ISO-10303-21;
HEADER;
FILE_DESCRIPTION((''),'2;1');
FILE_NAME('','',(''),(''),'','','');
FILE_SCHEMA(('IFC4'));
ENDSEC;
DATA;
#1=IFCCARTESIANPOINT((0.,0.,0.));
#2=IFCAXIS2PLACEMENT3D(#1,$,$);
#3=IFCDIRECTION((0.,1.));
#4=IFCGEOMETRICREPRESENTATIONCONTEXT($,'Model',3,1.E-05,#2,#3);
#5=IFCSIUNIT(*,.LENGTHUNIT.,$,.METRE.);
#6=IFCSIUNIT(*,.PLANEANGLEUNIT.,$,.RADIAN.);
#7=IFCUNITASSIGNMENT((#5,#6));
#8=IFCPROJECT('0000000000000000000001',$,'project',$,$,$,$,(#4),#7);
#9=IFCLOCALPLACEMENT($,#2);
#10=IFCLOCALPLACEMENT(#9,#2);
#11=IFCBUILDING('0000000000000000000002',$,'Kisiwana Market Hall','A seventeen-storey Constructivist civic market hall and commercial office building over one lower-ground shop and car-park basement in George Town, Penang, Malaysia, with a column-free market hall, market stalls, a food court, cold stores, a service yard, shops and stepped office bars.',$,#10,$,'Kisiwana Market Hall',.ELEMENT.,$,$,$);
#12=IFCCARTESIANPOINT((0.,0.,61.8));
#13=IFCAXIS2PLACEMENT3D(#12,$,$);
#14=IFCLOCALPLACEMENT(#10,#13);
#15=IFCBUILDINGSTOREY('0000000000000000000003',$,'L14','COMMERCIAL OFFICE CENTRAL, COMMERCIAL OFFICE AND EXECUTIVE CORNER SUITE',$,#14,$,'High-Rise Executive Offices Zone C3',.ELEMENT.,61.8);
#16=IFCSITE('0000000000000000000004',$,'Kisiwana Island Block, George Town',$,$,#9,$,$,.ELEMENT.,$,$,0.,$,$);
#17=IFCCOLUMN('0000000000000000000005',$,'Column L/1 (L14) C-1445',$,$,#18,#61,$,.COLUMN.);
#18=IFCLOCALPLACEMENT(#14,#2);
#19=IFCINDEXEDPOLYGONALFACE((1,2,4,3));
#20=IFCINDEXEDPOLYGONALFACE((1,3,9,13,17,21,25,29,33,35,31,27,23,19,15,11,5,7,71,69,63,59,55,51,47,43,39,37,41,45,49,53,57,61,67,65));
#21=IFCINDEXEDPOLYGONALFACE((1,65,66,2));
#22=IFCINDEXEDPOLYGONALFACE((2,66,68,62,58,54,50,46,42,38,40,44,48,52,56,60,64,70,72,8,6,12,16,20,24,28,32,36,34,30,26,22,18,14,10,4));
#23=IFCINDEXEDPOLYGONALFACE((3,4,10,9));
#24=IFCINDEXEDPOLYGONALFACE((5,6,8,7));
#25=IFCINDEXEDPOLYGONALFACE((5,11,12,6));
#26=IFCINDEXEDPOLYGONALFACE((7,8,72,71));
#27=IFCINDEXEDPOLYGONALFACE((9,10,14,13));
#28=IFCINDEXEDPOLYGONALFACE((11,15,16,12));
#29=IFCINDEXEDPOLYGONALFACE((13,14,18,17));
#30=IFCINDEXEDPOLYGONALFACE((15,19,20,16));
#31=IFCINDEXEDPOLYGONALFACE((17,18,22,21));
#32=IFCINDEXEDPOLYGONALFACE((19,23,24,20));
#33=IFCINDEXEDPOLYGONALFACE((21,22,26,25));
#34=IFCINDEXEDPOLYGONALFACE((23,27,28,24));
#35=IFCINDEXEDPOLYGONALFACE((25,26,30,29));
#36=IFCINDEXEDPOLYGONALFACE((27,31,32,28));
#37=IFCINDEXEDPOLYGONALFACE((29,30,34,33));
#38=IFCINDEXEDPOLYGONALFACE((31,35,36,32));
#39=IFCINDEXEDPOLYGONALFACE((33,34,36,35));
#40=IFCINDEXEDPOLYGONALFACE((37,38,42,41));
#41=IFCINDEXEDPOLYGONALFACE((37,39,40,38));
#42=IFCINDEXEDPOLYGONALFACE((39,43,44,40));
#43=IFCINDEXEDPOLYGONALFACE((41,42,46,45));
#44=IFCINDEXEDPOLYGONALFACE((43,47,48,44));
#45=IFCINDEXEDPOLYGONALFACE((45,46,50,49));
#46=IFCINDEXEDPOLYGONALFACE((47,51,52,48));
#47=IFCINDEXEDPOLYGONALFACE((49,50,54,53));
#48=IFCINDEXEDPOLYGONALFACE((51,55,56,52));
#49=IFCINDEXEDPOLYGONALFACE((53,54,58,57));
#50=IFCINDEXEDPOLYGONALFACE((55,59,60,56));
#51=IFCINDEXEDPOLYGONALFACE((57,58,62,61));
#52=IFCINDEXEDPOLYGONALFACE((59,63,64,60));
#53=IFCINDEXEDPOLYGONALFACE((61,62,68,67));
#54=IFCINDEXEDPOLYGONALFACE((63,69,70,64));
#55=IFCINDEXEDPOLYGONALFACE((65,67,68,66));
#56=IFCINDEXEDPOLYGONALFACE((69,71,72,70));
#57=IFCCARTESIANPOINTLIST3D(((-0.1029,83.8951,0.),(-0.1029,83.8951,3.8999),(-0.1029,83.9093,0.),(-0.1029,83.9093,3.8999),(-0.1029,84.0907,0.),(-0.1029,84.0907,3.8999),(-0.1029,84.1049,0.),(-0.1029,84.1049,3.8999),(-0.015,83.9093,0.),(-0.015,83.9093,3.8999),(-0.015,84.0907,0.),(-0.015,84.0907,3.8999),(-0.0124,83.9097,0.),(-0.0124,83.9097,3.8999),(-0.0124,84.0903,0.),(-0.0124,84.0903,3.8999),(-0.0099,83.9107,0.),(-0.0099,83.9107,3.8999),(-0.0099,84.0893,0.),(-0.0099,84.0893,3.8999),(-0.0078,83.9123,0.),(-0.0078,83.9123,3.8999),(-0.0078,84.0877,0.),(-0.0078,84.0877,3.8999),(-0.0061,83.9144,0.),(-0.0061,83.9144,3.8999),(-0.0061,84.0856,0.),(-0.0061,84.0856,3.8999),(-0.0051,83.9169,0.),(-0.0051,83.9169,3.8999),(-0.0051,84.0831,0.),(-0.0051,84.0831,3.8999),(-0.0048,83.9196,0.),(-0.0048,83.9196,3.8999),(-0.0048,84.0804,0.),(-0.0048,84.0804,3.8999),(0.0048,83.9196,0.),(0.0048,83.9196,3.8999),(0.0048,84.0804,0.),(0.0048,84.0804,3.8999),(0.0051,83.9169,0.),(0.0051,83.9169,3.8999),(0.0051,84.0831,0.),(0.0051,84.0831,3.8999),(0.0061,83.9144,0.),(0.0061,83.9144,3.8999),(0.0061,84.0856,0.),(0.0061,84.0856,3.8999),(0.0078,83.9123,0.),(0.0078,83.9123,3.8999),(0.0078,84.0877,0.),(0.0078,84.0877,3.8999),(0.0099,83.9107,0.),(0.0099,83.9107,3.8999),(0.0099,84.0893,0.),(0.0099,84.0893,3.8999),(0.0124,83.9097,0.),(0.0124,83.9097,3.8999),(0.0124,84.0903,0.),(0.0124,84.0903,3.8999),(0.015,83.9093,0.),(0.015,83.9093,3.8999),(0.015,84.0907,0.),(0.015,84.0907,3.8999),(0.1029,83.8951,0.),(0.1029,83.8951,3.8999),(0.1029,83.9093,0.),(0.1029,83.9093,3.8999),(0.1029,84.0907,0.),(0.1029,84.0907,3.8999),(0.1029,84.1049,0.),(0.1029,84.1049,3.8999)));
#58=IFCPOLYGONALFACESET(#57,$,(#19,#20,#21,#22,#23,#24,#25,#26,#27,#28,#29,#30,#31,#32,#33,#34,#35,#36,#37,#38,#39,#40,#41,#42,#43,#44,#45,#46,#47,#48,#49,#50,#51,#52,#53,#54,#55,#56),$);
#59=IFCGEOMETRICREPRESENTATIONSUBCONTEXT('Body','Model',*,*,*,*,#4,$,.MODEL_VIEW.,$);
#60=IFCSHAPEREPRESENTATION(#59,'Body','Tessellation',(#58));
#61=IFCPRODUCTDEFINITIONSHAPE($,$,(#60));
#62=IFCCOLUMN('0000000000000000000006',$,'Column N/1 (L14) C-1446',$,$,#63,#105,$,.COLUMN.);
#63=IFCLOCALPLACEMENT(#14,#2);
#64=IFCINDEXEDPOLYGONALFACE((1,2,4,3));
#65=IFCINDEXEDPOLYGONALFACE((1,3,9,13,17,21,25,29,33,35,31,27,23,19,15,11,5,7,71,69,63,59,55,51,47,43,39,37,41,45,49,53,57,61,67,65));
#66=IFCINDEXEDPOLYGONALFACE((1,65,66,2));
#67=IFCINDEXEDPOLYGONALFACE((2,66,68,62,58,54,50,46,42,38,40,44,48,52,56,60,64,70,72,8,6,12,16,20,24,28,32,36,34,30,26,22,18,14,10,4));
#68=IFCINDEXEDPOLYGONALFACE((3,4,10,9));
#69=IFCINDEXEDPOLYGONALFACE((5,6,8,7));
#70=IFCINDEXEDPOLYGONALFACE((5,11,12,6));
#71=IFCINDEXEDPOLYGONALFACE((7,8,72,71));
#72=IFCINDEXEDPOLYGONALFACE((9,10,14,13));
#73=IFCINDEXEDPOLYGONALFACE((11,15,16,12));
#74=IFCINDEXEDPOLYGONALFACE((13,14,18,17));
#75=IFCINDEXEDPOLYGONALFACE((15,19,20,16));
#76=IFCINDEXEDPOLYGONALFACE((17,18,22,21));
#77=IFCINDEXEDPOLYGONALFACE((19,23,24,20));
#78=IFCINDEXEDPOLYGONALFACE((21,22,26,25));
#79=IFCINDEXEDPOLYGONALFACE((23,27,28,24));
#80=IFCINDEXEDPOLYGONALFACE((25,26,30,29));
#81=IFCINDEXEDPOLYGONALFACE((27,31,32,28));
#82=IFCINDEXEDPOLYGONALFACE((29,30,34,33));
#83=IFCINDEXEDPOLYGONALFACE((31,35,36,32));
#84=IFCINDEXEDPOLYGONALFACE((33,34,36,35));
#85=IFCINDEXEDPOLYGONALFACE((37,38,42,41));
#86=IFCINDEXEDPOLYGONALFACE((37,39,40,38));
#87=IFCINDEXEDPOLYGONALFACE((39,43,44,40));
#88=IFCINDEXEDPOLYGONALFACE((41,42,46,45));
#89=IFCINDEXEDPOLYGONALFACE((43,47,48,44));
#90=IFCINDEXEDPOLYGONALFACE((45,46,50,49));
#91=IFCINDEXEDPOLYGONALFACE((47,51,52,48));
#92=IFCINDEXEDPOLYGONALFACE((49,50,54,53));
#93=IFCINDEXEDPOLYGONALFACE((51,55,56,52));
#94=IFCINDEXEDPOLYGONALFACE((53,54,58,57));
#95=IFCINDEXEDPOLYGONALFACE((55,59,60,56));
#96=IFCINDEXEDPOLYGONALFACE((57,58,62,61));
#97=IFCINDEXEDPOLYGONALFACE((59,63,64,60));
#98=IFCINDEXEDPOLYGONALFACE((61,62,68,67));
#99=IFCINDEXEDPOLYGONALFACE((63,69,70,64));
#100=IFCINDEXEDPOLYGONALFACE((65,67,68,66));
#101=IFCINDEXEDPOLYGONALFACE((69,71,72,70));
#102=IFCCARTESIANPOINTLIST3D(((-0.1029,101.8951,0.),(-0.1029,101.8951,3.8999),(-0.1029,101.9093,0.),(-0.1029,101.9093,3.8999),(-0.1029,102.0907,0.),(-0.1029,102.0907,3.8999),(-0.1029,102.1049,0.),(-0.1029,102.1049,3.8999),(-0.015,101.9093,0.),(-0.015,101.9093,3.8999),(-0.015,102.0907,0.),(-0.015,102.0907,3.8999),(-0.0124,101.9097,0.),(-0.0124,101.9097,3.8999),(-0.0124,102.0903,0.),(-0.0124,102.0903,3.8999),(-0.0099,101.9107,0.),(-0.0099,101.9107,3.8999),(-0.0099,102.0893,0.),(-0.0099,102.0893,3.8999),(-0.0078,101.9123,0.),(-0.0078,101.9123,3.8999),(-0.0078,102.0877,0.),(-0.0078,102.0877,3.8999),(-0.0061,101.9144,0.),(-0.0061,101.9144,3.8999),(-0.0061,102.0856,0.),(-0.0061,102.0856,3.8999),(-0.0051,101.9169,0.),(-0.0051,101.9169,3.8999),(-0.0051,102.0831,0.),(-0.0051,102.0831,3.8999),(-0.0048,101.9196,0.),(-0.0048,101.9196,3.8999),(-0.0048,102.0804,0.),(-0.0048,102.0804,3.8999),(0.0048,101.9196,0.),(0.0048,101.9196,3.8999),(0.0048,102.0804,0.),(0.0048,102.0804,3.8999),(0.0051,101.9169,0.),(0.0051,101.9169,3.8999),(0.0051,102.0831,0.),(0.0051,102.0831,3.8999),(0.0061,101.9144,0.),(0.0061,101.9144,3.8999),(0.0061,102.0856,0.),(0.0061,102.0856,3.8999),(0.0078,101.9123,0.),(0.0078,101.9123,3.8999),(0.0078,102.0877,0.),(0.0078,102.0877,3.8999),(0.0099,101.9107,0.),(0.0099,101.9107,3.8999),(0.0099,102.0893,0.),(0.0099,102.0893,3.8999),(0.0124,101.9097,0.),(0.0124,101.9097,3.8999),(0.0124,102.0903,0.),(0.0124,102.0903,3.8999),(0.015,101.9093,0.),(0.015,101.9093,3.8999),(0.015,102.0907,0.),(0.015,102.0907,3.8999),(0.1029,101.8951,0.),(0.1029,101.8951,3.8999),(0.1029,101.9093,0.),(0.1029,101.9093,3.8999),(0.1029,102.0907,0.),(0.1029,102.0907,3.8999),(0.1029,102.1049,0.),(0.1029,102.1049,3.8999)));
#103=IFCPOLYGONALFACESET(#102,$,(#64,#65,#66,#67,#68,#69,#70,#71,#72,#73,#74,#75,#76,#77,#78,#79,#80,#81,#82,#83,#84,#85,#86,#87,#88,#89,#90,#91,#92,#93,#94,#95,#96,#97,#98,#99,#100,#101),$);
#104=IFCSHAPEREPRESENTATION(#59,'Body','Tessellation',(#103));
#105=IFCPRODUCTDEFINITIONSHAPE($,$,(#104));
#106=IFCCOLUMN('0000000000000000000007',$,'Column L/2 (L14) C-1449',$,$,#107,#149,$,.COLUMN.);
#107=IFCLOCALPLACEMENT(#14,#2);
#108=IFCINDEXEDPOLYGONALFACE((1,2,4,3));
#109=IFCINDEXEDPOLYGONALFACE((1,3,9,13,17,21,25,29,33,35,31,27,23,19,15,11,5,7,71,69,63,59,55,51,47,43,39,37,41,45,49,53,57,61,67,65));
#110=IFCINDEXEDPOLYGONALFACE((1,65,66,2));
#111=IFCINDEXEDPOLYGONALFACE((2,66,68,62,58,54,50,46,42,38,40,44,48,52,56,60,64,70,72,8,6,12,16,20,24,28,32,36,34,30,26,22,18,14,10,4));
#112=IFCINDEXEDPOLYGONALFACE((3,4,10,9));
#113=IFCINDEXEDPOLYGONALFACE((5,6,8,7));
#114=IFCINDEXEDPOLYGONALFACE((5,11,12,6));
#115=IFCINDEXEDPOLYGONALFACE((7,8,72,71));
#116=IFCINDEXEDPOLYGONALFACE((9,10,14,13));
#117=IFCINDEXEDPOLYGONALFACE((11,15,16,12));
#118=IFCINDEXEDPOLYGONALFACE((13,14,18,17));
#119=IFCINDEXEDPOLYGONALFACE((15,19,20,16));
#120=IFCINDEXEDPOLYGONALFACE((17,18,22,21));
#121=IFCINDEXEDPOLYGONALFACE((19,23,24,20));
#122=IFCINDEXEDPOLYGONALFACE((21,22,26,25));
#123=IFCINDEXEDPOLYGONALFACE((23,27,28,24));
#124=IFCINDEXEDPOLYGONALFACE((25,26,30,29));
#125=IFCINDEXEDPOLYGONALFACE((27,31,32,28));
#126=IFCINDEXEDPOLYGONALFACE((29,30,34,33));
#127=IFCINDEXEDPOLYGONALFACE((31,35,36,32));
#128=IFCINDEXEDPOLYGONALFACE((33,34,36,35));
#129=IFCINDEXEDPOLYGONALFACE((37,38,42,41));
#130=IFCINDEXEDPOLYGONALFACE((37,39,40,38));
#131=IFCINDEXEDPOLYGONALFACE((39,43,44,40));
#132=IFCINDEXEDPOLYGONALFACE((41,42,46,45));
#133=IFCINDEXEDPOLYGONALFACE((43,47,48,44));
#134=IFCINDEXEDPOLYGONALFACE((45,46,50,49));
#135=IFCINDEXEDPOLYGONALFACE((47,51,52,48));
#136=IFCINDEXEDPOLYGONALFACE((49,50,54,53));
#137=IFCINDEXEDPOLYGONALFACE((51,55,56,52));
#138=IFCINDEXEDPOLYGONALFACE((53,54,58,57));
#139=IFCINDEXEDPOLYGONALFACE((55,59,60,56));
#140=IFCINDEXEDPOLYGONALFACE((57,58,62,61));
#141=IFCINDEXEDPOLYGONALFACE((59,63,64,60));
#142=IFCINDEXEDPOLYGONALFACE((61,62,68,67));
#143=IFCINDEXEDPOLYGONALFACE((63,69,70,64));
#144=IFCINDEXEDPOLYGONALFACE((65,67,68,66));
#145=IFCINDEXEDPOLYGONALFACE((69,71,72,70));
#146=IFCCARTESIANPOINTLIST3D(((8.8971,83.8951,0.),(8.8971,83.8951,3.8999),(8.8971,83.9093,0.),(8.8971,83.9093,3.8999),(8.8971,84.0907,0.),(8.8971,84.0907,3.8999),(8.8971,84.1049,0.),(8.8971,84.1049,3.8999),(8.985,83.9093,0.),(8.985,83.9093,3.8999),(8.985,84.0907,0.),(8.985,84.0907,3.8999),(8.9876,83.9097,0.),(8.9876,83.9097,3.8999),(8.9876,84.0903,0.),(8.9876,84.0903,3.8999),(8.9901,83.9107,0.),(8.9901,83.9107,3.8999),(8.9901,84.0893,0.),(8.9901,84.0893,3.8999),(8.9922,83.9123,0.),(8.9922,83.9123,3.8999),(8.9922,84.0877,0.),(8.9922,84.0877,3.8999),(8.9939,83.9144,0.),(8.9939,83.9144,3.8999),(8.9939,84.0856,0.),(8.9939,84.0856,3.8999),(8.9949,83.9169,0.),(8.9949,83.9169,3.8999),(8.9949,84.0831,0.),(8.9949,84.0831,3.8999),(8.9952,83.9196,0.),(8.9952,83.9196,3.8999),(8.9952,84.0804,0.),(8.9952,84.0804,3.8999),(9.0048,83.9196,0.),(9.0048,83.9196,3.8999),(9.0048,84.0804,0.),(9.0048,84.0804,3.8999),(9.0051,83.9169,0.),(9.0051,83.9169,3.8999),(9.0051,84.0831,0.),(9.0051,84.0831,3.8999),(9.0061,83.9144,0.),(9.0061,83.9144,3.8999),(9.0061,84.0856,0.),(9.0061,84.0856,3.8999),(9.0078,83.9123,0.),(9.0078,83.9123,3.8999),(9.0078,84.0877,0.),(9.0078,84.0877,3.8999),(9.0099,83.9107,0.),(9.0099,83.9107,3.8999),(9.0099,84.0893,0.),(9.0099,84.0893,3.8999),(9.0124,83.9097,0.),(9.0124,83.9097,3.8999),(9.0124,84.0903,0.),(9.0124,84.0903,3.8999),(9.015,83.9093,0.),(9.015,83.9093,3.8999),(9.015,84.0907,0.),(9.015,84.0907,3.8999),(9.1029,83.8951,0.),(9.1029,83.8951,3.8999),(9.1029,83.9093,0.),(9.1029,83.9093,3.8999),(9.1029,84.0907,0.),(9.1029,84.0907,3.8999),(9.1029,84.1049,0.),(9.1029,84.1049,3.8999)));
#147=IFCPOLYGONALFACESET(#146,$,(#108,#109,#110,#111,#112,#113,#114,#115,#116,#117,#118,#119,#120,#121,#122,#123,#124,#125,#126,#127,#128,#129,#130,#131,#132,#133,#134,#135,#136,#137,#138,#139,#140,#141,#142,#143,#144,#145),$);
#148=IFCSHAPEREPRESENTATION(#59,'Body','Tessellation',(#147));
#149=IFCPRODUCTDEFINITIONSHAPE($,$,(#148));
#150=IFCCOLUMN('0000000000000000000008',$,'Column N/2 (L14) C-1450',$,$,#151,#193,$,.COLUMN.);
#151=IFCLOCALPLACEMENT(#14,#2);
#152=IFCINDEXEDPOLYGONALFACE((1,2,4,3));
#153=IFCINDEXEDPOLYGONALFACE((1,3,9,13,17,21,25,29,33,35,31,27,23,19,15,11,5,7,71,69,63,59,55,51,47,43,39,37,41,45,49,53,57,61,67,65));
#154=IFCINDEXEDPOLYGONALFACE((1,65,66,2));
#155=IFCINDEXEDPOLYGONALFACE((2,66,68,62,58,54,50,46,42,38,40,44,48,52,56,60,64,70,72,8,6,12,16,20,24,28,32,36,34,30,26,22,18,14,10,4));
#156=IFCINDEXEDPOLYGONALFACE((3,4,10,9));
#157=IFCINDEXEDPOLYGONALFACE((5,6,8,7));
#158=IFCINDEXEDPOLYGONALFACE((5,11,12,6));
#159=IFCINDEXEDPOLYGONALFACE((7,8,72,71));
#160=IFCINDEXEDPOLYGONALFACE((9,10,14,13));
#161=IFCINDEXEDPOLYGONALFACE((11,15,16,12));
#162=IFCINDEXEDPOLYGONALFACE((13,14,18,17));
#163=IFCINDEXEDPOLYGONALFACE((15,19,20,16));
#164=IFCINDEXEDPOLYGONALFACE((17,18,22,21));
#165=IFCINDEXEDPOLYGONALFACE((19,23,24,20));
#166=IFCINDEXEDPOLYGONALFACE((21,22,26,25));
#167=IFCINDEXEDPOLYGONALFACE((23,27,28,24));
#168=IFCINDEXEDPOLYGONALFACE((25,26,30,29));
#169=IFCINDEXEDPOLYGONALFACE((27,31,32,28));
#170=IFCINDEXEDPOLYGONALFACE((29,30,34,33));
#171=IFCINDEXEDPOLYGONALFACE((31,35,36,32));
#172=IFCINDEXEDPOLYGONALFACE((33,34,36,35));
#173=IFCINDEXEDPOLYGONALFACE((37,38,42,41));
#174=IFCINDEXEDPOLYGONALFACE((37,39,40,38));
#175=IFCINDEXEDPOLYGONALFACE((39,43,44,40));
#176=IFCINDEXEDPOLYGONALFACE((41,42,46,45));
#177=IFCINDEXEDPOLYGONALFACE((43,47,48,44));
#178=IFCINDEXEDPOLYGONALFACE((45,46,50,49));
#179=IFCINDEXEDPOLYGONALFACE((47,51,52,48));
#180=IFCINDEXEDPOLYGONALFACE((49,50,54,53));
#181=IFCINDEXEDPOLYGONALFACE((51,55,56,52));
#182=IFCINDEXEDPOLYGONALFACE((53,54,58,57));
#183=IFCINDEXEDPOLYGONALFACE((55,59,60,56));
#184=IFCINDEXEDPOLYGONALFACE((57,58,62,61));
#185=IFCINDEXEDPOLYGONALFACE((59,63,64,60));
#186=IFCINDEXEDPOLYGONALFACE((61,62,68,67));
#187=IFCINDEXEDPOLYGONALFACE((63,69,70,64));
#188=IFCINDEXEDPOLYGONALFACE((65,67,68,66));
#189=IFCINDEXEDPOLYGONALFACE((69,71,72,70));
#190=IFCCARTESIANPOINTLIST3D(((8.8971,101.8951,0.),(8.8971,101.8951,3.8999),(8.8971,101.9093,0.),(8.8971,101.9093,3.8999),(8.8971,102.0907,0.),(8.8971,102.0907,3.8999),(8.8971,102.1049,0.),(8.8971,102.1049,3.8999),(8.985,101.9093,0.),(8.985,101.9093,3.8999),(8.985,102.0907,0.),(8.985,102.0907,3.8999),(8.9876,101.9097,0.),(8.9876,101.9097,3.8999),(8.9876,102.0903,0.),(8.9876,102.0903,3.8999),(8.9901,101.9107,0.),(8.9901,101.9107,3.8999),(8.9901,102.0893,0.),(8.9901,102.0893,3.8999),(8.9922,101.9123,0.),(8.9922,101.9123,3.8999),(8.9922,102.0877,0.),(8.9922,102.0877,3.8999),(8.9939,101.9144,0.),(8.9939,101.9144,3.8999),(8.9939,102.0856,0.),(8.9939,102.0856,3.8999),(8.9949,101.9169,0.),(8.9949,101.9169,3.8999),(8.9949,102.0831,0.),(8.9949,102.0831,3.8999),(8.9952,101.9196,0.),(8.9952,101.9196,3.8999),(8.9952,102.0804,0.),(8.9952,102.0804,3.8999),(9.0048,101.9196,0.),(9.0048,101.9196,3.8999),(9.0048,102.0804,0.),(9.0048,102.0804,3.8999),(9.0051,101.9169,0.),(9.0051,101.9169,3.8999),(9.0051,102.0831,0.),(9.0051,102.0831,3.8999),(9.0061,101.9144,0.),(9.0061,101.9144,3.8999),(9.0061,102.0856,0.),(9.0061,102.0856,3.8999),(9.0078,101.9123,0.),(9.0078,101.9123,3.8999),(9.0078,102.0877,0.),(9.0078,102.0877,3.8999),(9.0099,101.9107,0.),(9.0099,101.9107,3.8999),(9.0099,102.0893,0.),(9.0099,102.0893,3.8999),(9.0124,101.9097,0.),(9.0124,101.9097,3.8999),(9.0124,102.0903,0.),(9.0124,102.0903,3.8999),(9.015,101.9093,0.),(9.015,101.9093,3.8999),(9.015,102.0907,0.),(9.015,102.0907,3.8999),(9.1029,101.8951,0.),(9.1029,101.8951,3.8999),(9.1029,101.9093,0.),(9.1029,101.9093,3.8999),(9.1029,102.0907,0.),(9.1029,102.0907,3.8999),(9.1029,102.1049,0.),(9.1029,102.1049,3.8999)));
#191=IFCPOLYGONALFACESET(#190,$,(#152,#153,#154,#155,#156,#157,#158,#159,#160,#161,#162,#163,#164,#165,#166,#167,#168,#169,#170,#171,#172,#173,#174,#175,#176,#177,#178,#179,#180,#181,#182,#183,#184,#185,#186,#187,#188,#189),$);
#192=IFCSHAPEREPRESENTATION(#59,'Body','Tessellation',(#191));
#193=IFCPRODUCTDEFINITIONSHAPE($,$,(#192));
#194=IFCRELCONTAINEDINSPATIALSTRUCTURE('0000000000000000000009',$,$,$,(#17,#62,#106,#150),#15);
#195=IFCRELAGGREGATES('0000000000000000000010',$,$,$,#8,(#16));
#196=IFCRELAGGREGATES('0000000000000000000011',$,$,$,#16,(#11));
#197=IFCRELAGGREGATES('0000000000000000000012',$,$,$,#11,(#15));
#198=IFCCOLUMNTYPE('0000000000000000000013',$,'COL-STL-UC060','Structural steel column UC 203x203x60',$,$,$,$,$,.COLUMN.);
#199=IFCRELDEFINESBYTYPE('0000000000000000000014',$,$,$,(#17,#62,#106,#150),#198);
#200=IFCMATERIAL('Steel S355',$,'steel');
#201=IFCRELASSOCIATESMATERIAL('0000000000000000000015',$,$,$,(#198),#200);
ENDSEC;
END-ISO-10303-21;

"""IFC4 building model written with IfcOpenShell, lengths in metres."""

from ifc_helpers import new_model, si_unit, direction, frame, origin, origin_2d, place, context, subcontext, project, spatial, i_section, extrude, material, material_profile, profile_set, type_object, element, save


model = new_model("IFC4")

# Units and contexts
model_context = context("Model", 3, precision=1e-05, world=origin(), true_north=direction((0.0, 1.0)))
body_context = subcontext(model_context, "Body", "Model", "MODEL_VIEW")
ifc_project = project(units=[si_unit("LENGTHUNIT", "METRE"), si_unit("PLANEANGLEUNIT", "RADIAN")], contexts=[model_context])

# Site, building, storey
site_placement = place(None, origin())
site = spatial("IfcSite", under=ifc_project, at=site_placement, Name="Kisiwana Island Block, George Town", CompositionType="ELEMENT", RefElevation=0.0)
building_placement = place(site_placement, origin())
building = spatial("IfcBuilding", under=site, at=building_placement, Name="Kisiwana Market Hall", Description="A seventeen-storey Constructivist civic market hall and commercial office building over one lower-ground shop and car-park basement in George Town, Penang, Malaysia, with a column-free market hall, market stalls, a food court, cold stores, a service yard, shops and stepped office bars.", LongName="Kisiwana Market Hall", CompositionType="ELEMENT")
storey_placement = place(building_placement, frame((0.0, 0.0, 61.8)))
storey = spatial("IfcBuildingStorey", under=building, at=storey_placement, Name="L14", Description="COMMERCIAL OFFICE CENTRAL, COMMERCIAL OFFICE AND EXECUTIVE CORNER SUITE", LongName="High-Rise Executive Offices Zone C3", CompositionType="ELEMENT", Elevation=61.8)

# Columns
ifc_material_1 = material(Name="Steel S355", Category="steel")
ifc_material_profile_1 = material_profile(ifc_material_1, i_section(OverallWidth=0.2058, OverallDepth=0.2097, WebThickness=0.0095, FlangeThickness=0.0142, FilletRadius=0.0103, at=origin_2d()), Name="UC 203x203x60")
ifc_profile_set_1 = profile_set([ifc_material_profile_1], Name="Steel S355")
column_type = type_object("IfcColumnType", Name="COL-STL-UC060", Description="Structural steel column UC 203x203x60", PredefinedType="COLUMN", material=ifc_profile_set_1)
for number, where, z_axis, x_axis, name in (
    (1, (0.0, 84.0, 0.0), (0.0, 0.0, 1.0), (1.0, 0.0, 0.0), "Column L/1 (L14) C-1445"),
    (2, (0.0, 102.0, 0.0), (0.0, 0.0, 1.0), (1.0, 0.0, 0.0), "Column N/1 (L14) C-1446"),
    (3, (9.0, 84.0, 0.0), (0.0, 0.0, 1.0), (1.0, 0.0, 0.0), "Column L/2 (L14) C-1449"),
    (4, (9.0, 102.0, 0.0), (0.0, 0.0, 1.0), (1.0, 0.0, 0.0), "Column N/2 (L14) C-1450"),
):
    element("IfcColumn", number, at=place(storey_placement, frame(where, z_axis=z_axis, x_axis=x_axis)), inside=storey, type_object=column_type, Name=name, PredefinedType="COLUMN", context=body_context, shape_type="SweptSolid", body=[
        extrude(i_section(OverallWidth=0.2058, OverallDepth=0.2097, WebThickness=0.0095, FlangeThickness=0.0142, FilletRadius=0.0103, at=origin_2d()), origin(), (0.0, 0.0, 1.0), 3.8999),
    ])

save(model, "model.ifc")
